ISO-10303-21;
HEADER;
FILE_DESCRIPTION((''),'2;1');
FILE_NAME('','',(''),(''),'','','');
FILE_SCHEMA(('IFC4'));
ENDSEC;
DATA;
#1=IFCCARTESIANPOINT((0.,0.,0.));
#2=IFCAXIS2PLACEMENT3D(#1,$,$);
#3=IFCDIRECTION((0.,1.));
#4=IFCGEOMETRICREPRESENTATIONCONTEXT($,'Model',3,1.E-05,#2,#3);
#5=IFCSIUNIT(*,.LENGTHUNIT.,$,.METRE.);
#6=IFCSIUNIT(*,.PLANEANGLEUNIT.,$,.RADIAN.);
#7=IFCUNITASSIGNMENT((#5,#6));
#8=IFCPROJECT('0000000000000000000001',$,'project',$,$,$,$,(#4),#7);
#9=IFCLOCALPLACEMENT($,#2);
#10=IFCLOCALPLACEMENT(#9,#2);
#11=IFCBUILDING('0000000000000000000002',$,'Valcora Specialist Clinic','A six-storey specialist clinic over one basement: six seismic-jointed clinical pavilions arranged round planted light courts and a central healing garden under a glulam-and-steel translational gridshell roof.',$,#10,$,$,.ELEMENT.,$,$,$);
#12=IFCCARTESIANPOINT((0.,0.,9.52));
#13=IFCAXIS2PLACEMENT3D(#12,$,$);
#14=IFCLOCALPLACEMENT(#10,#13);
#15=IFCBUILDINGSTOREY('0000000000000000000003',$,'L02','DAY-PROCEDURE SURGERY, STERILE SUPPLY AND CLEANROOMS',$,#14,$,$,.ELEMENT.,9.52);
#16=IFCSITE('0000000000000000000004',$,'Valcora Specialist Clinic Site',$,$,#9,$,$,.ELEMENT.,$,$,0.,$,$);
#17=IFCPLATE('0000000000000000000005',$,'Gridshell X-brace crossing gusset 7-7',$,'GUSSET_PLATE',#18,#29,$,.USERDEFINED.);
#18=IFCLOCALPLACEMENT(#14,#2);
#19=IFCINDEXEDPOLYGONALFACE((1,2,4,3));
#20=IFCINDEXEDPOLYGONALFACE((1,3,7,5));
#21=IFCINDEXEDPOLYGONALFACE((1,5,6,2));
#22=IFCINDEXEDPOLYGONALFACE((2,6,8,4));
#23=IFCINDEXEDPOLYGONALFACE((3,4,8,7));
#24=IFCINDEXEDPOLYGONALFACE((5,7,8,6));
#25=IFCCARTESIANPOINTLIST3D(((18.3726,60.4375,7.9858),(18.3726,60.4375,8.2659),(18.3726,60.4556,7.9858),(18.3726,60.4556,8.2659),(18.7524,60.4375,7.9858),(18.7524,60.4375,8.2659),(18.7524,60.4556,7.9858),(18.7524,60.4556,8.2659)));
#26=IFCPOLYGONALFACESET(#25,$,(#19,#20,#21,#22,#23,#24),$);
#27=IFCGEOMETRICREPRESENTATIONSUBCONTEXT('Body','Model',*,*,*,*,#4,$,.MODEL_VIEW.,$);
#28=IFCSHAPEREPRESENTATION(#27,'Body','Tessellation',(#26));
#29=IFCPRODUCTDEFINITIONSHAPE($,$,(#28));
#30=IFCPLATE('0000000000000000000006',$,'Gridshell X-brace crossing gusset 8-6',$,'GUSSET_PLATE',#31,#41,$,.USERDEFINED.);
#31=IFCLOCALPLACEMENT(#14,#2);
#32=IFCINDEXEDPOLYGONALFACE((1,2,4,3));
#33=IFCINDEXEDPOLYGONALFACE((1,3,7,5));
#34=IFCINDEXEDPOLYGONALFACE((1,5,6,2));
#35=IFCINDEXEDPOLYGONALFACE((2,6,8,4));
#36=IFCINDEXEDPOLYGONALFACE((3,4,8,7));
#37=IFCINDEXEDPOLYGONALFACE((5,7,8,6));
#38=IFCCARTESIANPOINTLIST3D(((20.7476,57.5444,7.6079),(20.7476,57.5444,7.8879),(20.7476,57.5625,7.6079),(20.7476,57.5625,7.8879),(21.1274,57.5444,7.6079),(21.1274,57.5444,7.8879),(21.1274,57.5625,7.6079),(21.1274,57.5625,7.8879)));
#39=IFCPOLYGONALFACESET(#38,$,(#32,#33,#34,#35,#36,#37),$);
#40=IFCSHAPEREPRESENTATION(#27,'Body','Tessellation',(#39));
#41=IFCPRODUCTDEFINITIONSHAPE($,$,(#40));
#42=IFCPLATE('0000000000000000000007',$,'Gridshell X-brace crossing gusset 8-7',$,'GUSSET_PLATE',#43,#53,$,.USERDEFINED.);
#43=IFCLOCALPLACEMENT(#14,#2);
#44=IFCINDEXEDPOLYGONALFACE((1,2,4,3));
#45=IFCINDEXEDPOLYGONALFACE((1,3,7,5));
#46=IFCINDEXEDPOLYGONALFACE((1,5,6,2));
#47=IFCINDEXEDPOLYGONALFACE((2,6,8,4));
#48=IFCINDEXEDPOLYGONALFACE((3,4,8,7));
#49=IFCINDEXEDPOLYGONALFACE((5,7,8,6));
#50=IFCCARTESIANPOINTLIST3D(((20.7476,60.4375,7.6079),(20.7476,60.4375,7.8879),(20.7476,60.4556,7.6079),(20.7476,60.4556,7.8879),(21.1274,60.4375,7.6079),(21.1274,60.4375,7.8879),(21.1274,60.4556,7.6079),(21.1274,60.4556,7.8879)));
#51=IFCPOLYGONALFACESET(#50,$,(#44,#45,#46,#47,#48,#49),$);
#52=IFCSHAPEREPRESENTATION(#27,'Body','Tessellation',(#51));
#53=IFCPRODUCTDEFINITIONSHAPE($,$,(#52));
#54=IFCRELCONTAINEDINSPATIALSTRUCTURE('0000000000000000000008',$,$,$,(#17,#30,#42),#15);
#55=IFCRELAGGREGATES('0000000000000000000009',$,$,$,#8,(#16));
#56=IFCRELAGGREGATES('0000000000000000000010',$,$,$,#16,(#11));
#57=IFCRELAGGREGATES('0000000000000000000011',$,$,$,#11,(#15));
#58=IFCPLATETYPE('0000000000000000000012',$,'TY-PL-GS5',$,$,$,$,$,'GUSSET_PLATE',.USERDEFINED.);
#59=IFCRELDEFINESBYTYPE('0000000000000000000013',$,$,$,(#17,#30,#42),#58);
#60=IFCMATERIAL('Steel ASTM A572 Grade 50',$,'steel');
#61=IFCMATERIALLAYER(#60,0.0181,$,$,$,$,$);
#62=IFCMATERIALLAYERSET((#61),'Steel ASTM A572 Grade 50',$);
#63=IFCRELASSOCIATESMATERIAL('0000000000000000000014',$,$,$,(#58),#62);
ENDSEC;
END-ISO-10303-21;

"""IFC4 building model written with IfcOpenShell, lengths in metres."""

from ifc_helpers import new_model, si_unit, direction, frame, origin, origin_2d, place, context, subcontext, project, spatial, rectangle, extrude, material, layer, layer_set, type_object, element, save


model = new_model("IFC4")

# Units and contexts
model_context = context("Model", 3, precision=1e-05, world=origin(), true_north=direction((0.0, 1.0)))
body_context = subcontext(model_context, "Body", "Model", "MODEL_VIEW")
ifc_project = project(units=[si_unit("LENGTHUNIT", "METRE"), si_unit("PLANEANGLEUNIT", "RADIAN")], contexts=[model_context])

# Site, building, storey
site_placement = place(None, origin())
site = spatial("IfcSite", under=ifc_project, at=site_placement, Name="Valcora Specialist Clinic Site", CompositionType="ELEMENT", RefElevation=0.0)
building_placement = place(site_placement, origin())
building = spatial("IfcBuilding", under=site, at=building_placement, Name="Valcora Specialist Clinic", Description="A six-storey specialist clinic over one basement: six seismic-jointed clinical pavilions arranged round planted light courts and a central healing garden under a glulam-and-steel translational gridshell roof.", CompositionType="ELEMENT")
storey_placement = place(building_placement, frame((0.0, 0.0, 9.52)))
storey = spatial("IfcBuildingStorey", under=building, at=storey_placement, Name="L02", Description="DAY-PROCEDURE SURGERY, STERILE SUPPLY AND CLEANROOMS", CompositionType="ELEMENT", Elevation=9.52)

# Plates
ifc_material_1 = material(Name="Steel ASTM A572 Grade 50", Category="steel")
ifc_layer = layer(ifc_material_1, 0.0181)
ifc_layer_set = layer_set([ifc_layer], Name="Steel ASTM A572 Grade 50")
plate_type = type_object("IfcPlateType", Name="TY-PL-GS5", ElementType="GUSSET_PLATE", PredefinedType="USERDEFINED", material=ifc_layer_set)
for number, where, z_axis, x_axis, name in (
    (1, (18.5625, 60.4465, 7.9858), (0.0, 0.0, 1.0), (1.0, 0.0, 0.0), "Gridshell X-brace crossing gusset 7-7"),
    (2, (20.9375, 57.5535, 7.6079), (0.0, 0.0, 1.0), (1.0, 0.0, 0.0), "Gridshell X-brace crossing gusset 8-6"),
    (3, (20.9375, 60.4465, 7.6079), (0.0, 0.0, 1.0), (1.0, 0.0, 0.0), "Gridshell X-brace crossing gusset 8-7"),
):
    element("IfcPlate", number, at=place(storey_placement, frame(where, z_axis=z_axis, x_axis=x_axis)), inside=storey, type_object=plate_type, Name=name, ObjectType="GUSSET_PLATE", PredefinedType="USERDEFINED", context=body_context, shape_type="SweptSolid", body=[
        extrude(rectangle(XDim=0.3799, YDim=0.0181, at=origin_2d()), origin(), (0.0, 0.0, 1.0), 0.28),
    ])

save(model, "model.ifc")
